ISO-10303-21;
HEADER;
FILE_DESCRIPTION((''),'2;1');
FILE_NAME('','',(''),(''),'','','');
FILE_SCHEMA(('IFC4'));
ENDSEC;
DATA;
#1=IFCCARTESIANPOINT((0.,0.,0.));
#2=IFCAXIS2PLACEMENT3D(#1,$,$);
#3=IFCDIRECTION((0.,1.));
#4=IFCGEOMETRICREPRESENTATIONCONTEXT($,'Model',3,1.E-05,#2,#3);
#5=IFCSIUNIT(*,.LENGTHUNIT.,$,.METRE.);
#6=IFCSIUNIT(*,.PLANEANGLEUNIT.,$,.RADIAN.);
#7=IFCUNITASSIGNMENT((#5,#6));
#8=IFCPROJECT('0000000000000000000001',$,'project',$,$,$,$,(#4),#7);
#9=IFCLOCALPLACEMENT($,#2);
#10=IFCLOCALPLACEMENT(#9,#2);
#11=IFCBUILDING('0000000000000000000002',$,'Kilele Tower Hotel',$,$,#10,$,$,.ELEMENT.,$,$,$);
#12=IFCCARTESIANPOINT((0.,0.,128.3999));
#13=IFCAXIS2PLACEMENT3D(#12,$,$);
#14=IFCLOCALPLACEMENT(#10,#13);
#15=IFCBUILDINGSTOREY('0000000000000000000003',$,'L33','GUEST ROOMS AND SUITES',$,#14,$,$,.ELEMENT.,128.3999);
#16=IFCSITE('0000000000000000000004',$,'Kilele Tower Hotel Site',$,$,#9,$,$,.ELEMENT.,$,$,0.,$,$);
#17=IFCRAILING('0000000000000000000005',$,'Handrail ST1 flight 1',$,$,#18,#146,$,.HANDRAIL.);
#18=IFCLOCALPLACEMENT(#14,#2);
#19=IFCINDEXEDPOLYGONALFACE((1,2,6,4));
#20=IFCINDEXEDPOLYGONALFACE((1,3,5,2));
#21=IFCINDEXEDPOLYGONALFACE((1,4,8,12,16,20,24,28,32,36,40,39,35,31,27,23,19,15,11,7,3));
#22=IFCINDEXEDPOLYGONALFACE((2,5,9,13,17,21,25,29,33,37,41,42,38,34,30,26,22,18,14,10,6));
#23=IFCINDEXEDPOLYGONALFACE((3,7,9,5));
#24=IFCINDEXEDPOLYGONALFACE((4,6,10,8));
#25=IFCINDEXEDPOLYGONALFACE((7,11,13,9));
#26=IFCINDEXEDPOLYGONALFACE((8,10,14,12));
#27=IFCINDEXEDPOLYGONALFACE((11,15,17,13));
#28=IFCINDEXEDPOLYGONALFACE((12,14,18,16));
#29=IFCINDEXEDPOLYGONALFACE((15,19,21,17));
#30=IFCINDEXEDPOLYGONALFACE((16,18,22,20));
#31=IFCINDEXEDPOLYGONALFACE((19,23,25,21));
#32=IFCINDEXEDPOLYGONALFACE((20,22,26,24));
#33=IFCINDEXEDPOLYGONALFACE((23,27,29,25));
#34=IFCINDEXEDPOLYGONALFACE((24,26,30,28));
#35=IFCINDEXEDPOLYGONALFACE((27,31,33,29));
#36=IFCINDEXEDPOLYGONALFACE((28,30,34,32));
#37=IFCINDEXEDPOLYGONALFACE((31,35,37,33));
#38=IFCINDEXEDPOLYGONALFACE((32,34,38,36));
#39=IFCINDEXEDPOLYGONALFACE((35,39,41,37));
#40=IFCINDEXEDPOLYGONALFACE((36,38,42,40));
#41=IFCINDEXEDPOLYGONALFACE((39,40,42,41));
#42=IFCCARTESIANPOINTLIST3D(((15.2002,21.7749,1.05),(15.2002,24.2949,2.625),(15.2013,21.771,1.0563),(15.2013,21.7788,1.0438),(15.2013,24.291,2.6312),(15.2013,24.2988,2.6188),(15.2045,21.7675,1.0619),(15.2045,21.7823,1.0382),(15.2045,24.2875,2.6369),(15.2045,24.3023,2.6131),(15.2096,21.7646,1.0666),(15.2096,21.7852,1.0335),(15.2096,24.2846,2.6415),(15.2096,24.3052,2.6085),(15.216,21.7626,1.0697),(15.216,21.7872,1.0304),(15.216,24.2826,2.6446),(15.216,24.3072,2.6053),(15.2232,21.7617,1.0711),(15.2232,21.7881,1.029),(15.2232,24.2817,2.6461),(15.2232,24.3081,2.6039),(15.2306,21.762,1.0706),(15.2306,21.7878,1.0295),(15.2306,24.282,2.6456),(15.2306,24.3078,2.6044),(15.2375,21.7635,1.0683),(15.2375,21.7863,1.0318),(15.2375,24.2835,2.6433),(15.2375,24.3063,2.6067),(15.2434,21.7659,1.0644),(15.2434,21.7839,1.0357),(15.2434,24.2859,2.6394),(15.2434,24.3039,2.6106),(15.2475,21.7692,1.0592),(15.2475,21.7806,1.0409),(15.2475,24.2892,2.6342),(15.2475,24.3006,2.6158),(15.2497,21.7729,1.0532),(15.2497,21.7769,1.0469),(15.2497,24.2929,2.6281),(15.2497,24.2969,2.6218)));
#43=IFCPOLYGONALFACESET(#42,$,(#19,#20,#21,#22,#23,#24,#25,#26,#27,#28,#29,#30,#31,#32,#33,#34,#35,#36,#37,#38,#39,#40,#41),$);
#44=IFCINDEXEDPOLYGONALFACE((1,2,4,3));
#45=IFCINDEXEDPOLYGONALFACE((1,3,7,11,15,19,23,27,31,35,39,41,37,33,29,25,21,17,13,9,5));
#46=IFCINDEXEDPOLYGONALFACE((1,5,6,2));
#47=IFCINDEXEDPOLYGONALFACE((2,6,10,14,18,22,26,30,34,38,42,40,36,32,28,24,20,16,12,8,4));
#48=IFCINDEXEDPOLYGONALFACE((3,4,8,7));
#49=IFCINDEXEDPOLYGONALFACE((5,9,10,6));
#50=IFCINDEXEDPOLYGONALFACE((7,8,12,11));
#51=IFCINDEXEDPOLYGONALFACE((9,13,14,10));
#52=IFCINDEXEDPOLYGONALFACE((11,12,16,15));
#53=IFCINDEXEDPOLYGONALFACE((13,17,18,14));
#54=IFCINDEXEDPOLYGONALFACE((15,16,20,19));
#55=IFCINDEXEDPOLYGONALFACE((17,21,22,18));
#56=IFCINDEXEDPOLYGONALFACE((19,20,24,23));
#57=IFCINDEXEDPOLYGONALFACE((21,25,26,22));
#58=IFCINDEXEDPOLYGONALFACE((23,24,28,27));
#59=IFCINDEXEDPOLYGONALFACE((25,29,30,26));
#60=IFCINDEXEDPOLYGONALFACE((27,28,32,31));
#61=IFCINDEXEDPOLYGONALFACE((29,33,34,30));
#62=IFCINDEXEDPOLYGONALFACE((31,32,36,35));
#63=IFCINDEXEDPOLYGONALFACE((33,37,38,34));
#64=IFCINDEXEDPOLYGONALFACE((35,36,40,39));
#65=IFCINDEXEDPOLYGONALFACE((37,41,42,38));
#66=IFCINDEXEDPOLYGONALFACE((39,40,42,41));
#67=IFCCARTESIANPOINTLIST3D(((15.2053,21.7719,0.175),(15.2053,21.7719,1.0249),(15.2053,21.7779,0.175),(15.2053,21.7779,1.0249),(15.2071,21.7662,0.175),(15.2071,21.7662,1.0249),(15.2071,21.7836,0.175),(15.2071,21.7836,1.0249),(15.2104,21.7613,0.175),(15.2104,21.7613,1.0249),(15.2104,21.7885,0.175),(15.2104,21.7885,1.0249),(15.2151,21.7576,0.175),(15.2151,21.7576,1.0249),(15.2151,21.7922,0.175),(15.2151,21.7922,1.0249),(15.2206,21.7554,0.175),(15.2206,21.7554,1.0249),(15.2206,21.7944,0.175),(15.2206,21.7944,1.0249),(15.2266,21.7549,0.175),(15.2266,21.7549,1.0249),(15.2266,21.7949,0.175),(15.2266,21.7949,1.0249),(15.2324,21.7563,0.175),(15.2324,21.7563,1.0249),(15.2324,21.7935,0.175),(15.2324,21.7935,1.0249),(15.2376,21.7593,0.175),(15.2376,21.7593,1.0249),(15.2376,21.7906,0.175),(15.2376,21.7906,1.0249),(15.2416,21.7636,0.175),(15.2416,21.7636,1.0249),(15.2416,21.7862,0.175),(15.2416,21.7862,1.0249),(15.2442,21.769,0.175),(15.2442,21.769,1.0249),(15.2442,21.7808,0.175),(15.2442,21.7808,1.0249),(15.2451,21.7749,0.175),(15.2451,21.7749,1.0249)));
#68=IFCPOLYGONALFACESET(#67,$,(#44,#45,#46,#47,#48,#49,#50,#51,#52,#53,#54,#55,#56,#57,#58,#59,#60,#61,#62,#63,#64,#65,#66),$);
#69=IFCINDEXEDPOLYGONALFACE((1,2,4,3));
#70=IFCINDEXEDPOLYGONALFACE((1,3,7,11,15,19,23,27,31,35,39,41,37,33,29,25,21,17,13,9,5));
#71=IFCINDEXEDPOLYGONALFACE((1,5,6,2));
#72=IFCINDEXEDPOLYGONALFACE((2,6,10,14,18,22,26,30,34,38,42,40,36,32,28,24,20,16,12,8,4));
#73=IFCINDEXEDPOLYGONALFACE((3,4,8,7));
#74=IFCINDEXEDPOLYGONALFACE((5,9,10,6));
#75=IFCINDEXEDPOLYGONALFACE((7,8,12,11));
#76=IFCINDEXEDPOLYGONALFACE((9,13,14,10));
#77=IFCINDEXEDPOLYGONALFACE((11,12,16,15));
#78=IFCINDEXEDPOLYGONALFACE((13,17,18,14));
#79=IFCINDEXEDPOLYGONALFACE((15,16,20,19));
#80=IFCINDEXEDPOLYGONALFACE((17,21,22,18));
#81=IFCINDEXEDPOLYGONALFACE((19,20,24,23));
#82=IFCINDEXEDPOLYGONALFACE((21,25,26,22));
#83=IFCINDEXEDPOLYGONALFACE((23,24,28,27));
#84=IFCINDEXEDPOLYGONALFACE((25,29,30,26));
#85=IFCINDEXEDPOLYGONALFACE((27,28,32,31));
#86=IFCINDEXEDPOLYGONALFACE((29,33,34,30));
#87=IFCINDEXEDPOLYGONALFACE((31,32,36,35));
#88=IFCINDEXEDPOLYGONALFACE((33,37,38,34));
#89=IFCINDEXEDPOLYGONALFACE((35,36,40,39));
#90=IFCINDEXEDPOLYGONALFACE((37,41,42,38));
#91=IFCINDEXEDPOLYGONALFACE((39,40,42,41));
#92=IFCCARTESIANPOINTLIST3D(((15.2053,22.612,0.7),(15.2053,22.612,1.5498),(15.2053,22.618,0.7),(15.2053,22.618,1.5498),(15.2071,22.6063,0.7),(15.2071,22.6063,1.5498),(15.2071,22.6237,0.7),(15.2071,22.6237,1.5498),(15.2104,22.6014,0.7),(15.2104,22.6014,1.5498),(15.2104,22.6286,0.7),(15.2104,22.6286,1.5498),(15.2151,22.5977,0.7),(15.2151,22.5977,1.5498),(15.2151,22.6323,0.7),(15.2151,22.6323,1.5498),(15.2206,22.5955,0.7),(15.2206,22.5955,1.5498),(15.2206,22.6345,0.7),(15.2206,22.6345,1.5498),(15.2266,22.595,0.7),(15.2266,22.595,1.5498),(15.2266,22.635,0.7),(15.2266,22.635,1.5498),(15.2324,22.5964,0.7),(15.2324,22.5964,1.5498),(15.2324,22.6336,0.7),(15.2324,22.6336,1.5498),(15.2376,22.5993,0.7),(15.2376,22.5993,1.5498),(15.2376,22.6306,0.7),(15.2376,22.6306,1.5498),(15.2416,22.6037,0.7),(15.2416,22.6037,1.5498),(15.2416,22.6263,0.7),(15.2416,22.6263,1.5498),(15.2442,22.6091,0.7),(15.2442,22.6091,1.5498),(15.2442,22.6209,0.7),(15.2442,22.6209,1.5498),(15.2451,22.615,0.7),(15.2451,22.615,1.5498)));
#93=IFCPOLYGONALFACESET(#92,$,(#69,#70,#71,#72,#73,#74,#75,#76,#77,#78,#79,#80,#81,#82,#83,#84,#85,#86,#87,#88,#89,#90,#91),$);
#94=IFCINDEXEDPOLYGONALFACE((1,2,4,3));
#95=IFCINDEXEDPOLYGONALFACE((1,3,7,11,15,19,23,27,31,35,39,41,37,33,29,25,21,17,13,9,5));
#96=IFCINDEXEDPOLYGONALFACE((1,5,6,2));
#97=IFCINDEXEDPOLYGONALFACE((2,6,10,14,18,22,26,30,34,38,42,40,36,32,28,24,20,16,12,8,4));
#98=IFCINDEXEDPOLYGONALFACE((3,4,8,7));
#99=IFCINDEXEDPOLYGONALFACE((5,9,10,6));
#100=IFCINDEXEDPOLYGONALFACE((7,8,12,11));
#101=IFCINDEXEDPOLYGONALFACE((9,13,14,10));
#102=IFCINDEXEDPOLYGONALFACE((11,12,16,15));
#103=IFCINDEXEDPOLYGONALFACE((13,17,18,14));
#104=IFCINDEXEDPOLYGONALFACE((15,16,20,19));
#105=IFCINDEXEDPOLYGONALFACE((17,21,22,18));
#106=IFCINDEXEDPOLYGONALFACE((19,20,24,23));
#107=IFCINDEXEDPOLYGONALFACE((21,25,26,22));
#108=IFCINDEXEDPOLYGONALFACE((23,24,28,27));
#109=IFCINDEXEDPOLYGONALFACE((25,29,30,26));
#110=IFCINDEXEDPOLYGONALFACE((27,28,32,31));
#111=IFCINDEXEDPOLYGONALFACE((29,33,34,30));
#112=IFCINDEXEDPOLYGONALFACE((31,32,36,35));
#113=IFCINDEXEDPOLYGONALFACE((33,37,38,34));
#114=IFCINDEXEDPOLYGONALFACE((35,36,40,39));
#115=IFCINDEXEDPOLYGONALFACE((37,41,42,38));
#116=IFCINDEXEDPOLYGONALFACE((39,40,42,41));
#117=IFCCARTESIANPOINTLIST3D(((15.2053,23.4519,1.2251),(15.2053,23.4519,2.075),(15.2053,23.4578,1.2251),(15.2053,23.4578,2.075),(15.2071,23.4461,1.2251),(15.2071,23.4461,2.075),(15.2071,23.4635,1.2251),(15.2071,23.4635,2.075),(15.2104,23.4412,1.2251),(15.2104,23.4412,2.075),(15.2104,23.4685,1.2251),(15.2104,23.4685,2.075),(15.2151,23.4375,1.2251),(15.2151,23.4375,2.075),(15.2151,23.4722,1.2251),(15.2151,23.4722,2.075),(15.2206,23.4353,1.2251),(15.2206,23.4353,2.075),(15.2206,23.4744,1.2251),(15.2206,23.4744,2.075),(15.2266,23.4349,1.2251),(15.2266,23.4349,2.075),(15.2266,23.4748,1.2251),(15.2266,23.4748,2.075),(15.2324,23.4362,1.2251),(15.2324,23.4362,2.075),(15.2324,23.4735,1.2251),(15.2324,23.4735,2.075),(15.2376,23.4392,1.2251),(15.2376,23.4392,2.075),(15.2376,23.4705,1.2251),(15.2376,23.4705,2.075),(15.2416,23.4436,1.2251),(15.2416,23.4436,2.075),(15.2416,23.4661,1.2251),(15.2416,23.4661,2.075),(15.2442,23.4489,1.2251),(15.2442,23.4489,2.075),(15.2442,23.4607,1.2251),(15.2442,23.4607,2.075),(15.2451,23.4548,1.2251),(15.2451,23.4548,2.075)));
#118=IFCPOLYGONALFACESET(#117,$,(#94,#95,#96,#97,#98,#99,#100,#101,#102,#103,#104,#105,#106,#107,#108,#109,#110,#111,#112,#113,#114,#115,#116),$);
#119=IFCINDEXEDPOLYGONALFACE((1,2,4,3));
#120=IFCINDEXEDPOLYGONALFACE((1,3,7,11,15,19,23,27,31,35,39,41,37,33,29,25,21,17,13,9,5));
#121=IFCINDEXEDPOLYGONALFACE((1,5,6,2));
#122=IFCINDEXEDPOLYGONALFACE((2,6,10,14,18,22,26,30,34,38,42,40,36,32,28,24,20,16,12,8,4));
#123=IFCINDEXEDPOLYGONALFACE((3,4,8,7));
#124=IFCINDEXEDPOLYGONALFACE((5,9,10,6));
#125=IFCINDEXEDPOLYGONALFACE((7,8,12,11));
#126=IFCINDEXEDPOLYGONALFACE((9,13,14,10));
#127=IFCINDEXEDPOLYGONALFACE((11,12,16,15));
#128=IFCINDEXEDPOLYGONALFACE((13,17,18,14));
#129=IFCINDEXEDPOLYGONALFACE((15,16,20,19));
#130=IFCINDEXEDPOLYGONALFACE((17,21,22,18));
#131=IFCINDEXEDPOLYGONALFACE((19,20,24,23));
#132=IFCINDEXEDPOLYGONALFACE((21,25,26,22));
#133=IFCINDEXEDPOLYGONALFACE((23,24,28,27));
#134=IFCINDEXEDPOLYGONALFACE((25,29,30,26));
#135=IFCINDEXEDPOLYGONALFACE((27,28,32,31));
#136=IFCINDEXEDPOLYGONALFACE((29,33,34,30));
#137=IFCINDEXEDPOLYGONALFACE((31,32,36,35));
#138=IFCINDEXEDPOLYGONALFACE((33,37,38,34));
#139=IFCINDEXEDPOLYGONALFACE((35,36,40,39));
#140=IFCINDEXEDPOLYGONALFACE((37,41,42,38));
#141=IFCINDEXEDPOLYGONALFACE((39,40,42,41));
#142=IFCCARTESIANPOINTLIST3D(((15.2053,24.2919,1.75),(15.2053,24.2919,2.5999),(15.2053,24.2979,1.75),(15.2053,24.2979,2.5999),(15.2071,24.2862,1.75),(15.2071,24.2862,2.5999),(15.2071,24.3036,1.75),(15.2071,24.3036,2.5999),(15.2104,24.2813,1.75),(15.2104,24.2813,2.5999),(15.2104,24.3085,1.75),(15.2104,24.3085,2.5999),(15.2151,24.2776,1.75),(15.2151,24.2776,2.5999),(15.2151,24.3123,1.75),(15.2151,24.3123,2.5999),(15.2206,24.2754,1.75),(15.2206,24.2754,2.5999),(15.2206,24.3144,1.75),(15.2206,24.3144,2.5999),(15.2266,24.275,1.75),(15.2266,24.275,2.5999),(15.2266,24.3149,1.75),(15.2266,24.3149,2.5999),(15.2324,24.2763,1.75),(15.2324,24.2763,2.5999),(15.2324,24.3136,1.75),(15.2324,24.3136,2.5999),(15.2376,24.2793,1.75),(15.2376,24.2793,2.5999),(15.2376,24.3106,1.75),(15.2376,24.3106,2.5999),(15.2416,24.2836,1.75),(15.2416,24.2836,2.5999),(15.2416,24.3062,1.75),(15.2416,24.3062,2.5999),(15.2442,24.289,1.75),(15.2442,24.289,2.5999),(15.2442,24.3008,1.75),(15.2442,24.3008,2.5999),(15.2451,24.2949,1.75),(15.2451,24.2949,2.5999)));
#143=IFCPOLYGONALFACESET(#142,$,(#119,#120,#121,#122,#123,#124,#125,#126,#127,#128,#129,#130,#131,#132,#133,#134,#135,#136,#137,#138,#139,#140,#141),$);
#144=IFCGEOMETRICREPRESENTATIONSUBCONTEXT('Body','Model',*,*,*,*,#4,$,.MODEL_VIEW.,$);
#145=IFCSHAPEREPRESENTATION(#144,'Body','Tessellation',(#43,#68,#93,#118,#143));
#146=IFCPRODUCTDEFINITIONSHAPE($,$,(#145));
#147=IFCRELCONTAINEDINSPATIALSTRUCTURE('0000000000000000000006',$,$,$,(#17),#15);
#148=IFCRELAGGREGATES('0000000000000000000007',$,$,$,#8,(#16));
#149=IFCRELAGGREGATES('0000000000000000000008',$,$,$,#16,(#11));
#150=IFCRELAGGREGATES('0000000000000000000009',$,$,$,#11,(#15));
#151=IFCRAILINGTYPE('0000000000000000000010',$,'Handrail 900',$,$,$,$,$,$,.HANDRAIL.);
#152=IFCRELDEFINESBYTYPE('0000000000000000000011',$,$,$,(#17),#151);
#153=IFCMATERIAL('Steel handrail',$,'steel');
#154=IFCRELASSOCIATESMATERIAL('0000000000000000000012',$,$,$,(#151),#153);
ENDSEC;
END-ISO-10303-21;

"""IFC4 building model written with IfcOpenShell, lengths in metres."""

from ifc_helpers import new_model, si_unit, direction, frame, origin, origin_2d, place, context, subcontext, project, spatial, circle, extrude, material, type_object, element, save


model = new_model("IFC4")

# Units and contexts
model_context = context("Model", 3, precision=1e-05, world=origin(), true_north=direction((0.0, 1.0)))
body_context = subcontext(model_context, "Body", "Model", "MODEL_VIEW")
ifc_project = project(units=[si_unit("LENGTHUNIT", "METRE"), si_unit("PLANEANGLEUNIT", "RADIAN")], contexts=[model_context])

# Site, building, storey
site_placement = place(None, origin())
site = spatial("IfcSite", under=ifc_project, at=site_placement, Name="Kilele Tower Hotel Site", CompositionType="ELEMENT", RefElevation=0.0)
building_placement = place(site_placement, origin())
building = spatial("IfcBuilding", under=site, at=building_placement, Name="Kilele Tower Hotel", CompositionType="ELEMENT")
storey_placement = place(building_placement, frame((0.0, 0.0, 128.3999)))
storey = spatial("IfcBuildingStorey", under=building, at=storey_placement, Name="L33", Description="GUEST ROOMS AND SUITES", CompositionType="ELEMENT", Elevation=128.3999)

# Railing
ifc_material_1 = material(Name="Steel handrail", Category="steel")
railing_type_1 = type_object("IfcRailingType", Name="Handrail 900", PredefinedType="HANDRAIL", material=ifc_material_1)
for number, where, name in (
    (1, (15.2251, 21.7749, 0.175), "Handrail ST1 flight 1"),
):
    element("IfcRailing", number, at=place(storey_placement, frame(where)), inside=storey, type_object=railing_type_1, Name=name, PredefinedType="HANDRAIL", context=body_context, shape_type="SweptSolid", body=[
        extrude(circle(Radius=0.0249, at=origin_2d()), frame((0.0, 0.0, 0.875), z_axis=(0.0, 0.848008, 0.529984), x_axis=(-1.0, 0.0, 0.0)), (0.0, 0.0, 1.0), 2.9717),
        extrude(circle(Radius=0.02, at=origin_2d()), origin(), (0.0, 0.0, 1.0), 0.8499),
        extrude(circle(Radius=0.02, at=origin_2d()), frame((0.0, 0.8401, 0.5249)), (0.0, 0.0, 1.0), 0.8499),
        extrude(circle(Radius=0.02, at=origin_2d()), frame((0.0, 1.6799, 1.05)), (0.0, 0.0, 1.0), 0.8499),
        extrude(circle(Radius=0.02, at=origin_2d()), frame((0.0, 2.52, 1.575)), (0.0, 0.0, 1.0), 0.8499),
    ])

save(model, "model.ifc")
